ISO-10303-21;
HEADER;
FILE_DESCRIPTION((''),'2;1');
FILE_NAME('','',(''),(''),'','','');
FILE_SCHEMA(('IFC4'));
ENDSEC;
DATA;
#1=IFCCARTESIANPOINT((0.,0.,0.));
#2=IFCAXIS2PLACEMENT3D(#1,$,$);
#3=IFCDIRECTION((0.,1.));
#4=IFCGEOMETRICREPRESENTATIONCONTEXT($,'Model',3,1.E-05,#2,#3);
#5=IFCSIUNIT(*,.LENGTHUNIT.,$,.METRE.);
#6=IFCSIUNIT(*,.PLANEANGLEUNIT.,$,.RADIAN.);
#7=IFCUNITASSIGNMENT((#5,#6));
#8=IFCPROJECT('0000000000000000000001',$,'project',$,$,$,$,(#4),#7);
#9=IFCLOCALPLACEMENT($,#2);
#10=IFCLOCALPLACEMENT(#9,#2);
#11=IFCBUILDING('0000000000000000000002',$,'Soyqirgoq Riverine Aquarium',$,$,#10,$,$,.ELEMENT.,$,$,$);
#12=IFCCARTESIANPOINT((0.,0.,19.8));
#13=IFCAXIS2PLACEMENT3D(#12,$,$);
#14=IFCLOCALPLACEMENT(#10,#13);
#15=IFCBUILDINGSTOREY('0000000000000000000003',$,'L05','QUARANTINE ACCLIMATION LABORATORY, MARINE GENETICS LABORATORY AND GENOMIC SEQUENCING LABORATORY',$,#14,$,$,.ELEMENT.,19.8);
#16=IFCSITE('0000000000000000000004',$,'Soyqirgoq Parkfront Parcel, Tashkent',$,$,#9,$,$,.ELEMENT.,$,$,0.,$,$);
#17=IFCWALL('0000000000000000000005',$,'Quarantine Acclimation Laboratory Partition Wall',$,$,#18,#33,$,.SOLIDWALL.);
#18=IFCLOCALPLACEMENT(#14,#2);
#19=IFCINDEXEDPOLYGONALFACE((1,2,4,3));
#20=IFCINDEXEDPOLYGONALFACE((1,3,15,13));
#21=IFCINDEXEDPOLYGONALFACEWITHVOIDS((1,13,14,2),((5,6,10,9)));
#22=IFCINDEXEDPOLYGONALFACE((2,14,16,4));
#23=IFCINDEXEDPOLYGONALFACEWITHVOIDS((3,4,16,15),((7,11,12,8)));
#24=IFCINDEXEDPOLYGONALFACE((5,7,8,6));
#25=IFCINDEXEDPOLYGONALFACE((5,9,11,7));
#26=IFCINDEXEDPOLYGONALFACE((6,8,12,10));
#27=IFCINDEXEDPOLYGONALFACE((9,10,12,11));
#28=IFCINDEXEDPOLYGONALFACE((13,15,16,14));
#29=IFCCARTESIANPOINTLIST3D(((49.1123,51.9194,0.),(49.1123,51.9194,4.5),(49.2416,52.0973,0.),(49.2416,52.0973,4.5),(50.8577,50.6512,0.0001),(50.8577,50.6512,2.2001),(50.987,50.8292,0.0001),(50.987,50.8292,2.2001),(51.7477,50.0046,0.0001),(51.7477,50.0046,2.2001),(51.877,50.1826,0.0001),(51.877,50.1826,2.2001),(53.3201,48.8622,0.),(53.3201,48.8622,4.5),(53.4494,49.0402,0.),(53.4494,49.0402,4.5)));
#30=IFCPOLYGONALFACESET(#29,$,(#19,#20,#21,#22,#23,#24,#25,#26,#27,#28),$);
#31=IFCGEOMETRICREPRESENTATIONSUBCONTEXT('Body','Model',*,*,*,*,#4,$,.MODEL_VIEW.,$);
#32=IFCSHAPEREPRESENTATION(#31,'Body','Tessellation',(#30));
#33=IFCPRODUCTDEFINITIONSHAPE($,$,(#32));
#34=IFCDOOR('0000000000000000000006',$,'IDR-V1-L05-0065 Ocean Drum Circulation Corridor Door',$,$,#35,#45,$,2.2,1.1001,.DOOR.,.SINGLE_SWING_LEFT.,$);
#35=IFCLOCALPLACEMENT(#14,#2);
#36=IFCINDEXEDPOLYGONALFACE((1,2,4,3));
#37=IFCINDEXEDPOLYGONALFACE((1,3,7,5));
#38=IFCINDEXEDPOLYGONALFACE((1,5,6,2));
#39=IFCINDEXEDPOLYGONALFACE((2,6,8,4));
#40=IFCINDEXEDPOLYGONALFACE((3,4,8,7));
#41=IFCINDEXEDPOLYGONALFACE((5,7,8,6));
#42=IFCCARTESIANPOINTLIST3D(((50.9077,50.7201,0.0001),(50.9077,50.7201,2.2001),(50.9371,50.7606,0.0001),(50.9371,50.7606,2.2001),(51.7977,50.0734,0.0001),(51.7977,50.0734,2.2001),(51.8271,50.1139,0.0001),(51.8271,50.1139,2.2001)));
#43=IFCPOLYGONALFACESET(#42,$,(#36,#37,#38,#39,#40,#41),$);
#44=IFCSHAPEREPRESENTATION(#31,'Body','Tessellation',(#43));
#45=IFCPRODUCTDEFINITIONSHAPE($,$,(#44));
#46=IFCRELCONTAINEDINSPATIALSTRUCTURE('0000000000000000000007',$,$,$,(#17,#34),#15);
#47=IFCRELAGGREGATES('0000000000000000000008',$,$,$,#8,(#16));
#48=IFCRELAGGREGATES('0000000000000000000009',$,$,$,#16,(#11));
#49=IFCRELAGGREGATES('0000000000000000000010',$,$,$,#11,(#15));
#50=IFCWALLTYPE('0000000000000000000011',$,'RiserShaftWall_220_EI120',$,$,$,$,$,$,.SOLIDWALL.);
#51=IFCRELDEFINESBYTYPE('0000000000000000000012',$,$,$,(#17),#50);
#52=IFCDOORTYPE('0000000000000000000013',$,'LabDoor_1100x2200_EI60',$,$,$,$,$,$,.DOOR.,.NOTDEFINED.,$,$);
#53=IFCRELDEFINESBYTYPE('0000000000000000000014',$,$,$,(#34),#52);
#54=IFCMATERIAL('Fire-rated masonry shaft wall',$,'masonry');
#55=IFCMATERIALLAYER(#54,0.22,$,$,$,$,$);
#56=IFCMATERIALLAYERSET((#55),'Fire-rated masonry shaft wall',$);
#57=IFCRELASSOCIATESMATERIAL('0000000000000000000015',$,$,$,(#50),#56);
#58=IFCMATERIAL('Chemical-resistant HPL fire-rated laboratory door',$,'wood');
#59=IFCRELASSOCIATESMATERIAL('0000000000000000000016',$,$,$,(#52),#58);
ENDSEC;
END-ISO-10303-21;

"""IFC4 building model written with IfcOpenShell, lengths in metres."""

from ifc_helpers import new_model, si_unit, direction, frame, frame_2d, origin, place, context, subcontext, project, spatial, rectangle, extrude, material, layer, layer_set, type_object, element, fill, save


model = new_model("IFC4")

# Units and contexts
model_context = context("Model", 3, precision=1e-05, world=origin(), true_north=direction((0.0, 1.0)))
body_context = subcontext(model_context, "Body", "Model", "MODEL_VIEW")
ifc_project = project(units=[si_unit("LENGTHUNIT", "METRE"), si_unit("PLANEANGLEUNIT", "RADIAN")], contexts=[model_context])

# Site, building, storey
site_placement = place(None, origin())
site = spatial("IfcSite", under=ifc_project, at=site_placement, Name="Soyqirgoq Parkfront Parcel, Tashkent", CompositionType="ELEMENT", RefElevation=0.0)
building_placement = place(site_placement, origin())
building = spatial("IfcBuilding", under=site, at=building_placement, Name="Soyqirgoq Riverine Aquarium", CompositionType="ELEMENT")
storey_placement = place(building_placement, frame((0.0, 0.0, 19.8)))
storey = spatial("IfcBuildingStorey", under=building, at=storey_placement, Name="L05", Description="QUARANTINE ACCLIMATION LABORATORY, MARINE GENETICS LABORATORY AND GENOMIC SEQUENCING LABORATORY", CompositionType="ELEMENT", Elevation=19.8)

# Wall, opening, door
ifc_material_1 = material(Name="Fire-rated masonry shaft wall", Category="masonry")
ifc_layer_1 = layer(ifc_material_1, 0.22)
ifc_layer_set_1 = layer_set([ifc_layer_1], Name="Fire-rated masonry shaft wall")
wall_type_1 = type_object("IfcWallType", Name="RiserShaftWall_220_EI120", PredefinedType="SOLIDWALL", material=ifc_layer_set_1)
wall_1_placement = place(storey_placement, frame((53.3848, 48.9512, 0.0), z_axis=(0.0, 0.0, 1.0), x_axis=(-0.809016, 0.587786, 0.0)))
wall_1 = element("IfcWall", 1, at=wall_1_placement, inside=storey, type_object=wall_type_1, Name="Quarantine Acclimation Laboratory Partition Wall", PredefinedType="SOLIDWALL", context=body_context, shape_type="SweptSolid", body=[
    extrude(rectangle(XDim=5.2012, YDim=0.22, at=frame_2d((2.6006, 0.0))), origin(), (0.0, 0.0, 1.0), 4.5),
])
opening_1_placement = place(wall_1_placement, frame((1.9436, 0.0, 0.0)))
opening_1 = element("IfcOpeningElement", 2, at=opening_1_placement, cuts=wall_1, PredefinedType="OPENING", context=body_context, shape_type="SweptSolid", body=[
    extrude(rectangle(XDim=1.1001, YDim=2.2, at=frame_2d((0.55, 1.1001))), frame((0.0, 0.1201, 0.0), z_axis=(0.0, -1.0, 0.0), x_axis=(1.0, 0.0, 0.0)), (0.0, 0.0, 1.0), 0.24),
])
ifc_material_2 = material(Name="Chemical-resistant HPL fire-rated laboratory door", Category="wood")
door_type_1 = type_object("IfcDoorType", Name="LabDoor_1100x2200_EI60", OperationType="NOTDEFINED", PredefinedType="DOOR", material=ifc_material_2)
door_1_placement = place(opening_1_placement, origin())
door_1 = element("IfcDoor", 3, at=door_1_placement, inside=storey, type_object=door_type_1, Name="IDR-V1-L05-0065 Ocean Drum Circulation Corridor Door", OperationType="SINGLE_SWING_LEFT", OverallHeight=2.2, OverallWidth=1.1001, PredefinedType="DOOR", context=body_context, shape_type="SweptSolid", body=[
    extrude(rectangle(XDim=1.1001, YDim=2.2, at=frame_2d((0.55, 1.1001))), frame((0.0, 0.0249, 0.0), z_axis=(0.0, -1.0, 0.0), x_axis=(1.0, 0.0, 0.0)), (0.0, 0.0, 1.0), 0.05),
])
fill(opening_1, door_1)

save(model, "model.ifc")
